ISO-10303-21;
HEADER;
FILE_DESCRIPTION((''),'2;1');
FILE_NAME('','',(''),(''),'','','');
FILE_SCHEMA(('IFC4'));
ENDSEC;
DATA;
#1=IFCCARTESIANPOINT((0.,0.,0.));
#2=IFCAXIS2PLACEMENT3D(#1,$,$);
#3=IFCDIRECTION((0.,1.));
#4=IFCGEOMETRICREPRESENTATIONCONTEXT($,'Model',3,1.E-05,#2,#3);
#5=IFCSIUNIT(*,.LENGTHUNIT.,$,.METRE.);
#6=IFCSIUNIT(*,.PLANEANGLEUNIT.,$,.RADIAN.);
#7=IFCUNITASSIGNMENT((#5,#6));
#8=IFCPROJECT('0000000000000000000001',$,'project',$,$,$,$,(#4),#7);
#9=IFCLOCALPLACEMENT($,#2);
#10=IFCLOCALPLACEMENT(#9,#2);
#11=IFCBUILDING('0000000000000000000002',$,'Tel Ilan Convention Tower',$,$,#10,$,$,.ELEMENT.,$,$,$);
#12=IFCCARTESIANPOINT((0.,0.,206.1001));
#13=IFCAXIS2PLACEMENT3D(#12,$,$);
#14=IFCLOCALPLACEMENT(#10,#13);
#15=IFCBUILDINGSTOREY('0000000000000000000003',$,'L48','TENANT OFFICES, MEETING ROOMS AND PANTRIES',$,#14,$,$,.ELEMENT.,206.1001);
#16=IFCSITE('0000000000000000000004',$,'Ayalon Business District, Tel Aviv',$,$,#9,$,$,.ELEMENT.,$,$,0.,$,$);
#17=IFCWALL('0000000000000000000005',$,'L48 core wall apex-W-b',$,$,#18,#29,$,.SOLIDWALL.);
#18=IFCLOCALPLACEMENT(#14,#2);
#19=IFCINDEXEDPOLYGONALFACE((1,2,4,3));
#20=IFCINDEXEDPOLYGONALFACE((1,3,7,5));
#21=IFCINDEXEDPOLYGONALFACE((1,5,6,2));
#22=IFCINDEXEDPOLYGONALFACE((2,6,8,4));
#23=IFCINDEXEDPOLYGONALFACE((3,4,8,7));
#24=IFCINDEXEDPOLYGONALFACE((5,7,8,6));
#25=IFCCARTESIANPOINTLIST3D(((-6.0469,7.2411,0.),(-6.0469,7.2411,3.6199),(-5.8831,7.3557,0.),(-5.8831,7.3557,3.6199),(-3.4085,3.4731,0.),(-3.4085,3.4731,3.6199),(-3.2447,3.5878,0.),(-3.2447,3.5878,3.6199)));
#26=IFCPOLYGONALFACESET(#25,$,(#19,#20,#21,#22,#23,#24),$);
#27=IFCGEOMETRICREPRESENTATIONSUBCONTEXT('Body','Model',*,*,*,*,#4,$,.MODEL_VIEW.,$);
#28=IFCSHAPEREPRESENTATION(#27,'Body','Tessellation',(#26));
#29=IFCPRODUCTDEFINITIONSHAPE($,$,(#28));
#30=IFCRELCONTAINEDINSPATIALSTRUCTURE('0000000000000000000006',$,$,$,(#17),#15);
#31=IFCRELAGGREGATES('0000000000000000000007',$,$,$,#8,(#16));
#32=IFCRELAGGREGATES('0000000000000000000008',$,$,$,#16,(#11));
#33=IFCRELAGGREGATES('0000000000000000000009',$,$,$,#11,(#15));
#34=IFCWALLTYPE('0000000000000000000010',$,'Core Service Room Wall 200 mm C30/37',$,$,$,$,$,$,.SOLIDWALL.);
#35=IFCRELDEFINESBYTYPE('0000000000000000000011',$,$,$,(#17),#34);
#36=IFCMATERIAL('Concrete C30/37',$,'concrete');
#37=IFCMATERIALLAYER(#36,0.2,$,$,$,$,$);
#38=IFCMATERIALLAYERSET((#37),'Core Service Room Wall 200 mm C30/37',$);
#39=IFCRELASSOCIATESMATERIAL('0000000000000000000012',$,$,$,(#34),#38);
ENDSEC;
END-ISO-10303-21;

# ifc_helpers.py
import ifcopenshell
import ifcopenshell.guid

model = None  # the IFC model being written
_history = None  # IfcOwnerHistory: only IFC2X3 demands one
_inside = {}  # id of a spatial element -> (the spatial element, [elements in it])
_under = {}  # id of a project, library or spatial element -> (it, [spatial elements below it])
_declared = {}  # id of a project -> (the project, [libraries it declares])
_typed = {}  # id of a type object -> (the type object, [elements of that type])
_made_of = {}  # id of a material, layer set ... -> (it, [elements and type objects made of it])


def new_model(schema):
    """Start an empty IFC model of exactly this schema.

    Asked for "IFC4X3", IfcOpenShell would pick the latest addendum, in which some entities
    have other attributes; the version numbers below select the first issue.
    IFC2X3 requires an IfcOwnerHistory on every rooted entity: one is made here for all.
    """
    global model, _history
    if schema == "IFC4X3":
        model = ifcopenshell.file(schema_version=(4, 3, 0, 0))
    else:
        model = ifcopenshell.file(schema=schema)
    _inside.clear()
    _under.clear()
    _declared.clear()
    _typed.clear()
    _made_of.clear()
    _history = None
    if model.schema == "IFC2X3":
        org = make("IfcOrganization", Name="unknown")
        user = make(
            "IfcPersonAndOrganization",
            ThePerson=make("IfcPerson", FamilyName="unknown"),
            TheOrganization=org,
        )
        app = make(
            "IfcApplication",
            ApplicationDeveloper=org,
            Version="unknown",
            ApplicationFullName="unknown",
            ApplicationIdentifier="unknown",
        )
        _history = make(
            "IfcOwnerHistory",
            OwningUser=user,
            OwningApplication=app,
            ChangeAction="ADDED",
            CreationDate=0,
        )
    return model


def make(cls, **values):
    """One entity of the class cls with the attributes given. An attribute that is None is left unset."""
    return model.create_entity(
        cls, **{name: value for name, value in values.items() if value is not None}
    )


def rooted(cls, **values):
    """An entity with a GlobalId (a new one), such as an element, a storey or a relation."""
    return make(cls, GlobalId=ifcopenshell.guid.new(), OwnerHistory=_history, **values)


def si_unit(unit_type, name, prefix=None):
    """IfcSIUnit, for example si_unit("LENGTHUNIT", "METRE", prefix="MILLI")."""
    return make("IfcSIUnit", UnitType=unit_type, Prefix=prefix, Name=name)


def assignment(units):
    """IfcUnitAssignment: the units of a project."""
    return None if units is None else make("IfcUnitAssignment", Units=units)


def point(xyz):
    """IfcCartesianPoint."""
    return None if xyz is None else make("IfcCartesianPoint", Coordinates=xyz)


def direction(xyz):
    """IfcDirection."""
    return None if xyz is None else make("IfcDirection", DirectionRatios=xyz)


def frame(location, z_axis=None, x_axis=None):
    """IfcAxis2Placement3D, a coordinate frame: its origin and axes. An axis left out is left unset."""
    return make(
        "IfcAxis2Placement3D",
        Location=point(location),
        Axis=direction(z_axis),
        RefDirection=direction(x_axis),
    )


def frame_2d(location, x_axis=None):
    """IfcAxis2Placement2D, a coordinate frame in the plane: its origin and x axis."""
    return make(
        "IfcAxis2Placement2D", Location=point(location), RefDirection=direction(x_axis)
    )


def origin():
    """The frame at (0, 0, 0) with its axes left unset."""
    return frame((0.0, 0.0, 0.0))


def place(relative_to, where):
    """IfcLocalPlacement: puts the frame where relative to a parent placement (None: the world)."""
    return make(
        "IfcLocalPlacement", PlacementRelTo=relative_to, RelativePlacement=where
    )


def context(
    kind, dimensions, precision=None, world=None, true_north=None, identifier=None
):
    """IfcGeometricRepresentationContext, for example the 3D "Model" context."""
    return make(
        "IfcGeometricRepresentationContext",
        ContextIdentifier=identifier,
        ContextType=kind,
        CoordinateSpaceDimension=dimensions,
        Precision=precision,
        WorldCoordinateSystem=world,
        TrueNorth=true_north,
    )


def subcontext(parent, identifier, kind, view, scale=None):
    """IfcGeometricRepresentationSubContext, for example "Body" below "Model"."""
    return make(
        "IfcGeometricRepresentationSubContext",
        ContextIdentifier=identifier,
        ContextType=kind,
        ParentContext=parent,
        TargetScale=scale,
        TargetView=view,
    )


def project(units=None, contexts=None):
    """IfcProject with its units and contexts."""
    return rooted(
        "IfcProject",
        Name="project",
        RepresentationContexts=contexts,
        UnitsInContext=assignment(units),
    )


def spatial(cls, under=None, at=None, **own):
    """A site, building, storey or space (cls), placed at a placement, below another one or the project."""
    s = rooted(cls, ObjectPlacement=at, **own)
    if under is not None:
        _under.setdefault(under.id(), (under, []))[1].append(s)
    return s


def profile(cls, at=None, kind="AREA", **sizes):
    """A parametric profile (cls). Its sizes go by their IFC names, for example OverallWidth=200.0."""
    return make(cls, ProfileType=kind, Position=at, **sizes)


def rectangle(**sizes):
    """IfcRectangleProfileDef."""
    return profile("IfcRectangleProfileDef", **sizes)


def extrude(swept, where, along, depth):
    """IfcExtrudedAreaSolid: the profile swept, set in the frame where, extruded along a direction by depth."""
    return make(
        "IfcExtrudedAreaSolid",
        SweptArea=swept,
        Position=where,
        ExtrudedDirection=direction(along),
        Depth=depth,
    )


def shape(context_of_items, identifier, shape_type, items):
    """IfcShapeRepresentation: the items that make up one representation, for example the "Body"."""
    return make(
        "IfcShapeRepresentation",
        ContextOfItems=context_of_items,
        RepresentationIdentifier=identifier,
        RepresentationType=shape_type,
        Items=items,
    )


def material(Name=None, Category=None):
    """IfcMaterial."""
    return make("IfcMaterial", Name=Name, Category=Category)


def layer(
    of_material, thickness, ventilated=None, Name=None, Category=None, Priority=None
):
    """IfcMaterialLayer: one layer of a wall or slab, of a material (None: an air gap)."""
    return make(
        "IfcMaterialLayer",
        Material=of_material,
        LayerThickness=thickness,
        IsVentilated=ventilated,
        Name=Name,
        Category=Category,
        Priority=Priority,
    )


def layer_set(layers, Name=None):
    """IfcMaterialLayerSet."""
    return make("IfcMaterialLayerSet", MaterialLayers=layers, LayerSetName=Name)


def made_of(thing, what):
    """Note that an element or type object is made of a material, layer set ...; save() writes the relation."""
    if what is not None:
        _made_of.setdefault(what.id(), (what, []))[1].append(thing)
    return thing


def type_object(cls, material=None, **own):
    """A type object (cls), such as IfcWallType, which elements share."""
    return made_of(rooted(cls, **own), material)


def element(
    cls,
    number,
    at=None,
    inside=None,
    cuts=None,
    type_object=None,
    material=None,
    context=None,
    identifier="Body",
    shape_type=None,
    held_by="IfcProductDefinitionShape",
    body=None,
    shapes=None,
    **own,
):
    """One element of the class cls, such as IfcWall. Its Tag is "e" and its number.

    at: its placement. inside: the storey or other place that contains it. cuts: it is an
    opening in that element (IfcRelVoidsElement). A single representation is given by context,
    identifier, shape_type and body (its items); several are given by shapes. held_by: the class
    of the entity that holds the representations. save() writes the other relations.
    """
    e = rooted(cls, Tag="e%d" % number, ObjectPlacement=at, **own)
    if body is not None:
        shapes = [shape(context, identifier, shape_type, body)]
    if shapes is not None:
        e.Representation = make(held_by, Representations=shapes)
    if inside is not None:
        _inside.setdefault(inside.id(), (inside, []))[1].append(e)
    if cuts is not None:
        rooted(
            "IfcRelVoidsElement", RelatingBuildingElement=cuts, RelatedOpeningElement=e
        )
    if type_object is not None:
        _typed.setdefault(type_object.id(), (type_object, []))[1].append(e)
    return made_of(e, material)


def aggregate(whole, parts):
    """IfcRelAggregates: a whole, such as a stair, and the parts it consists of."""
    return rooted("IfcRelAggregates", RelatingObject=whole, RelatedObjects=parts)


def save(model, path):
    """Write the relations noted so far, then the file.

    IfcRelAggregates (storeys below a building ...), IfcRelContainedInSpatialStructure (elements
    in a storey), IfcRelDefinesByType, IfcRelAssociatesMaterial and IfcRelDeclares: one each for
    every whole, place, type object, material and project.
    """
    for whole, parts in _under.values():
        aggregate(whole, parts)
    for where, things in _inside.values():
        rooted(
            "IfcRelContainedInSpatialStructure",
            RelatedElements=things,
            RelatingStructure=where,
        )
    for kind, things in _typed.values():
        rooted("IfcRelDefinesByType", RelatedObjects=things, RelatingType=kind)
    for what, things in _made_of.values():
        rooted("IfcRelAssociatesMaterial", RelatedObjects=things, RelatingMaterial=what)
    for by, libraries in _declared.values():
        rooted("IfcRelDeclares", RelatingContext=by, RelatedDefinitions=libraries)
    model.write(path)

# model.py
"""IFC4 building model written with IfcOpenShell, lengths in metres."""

from ifc_helpers import new_model, si_unit, direction, frame, frame_2d, origin, place, context, subcontext, project, spatial, rectangle, extrude, material, layer, layer_set, type_object, element, save


model = new_model("IFC4")

# Units and contexts
model_context = context("Model", 3, precision=1e-05, world=origin(), true_north=direction((0.0, 1.0)))
body_context = subcontext(model_context, "Body", "Model", "MODEL_VIEW")
ifc_project = project(units=[si_unit("LENGTHUNIT", "METRE"), si_unit("PLANEANGLEUNIT", "RADIAN")], contexts=[model_context])

# Site, building, storey
site_placement = place(None, origin())
site = spatial("IfcSite", under=ifc_project, at=site_placement, Name="Ayalon Business District, Tel Aviv", CompositionType="ELEMENT", RefElevation=0.0)
building_placement = place(site_placement, origin())
building = spatial("IfcBuilding", under=site, at=building_placement, Name="Tel Ilan Convention Tower", CompositionType="ELEMENT")
storey_placement = place(building_placement, frame((0.0, 0.0, 206.1001)))
storey = spatial("IfcBuildingStorey", under=building, at=storey_placement, Name="L48", Description="TENANT OFFICES, MEETING ROOMS AND PANTRIES", CompositionType="ELEMENT", Elevation=206.1001)

# Wall
ifc_material_1 = material(Name="Concrete C30/37", Category="concrete")
ifc_layer_1 = layer(ifc_material_1, 0.2)
ifc_layer_set_1 = layer_set([ifc_layer_1], Name="Core Service Room Wall 200 mm C30/37")
wall_type_1 = type_object("IfcWallType", Name="Core Service Room Wall 200 mm C30/37", PredefinedType="SOLIDWALL", material=ifc_layer_set_1)
wall_1_placement = place(storey_placement, frame((-3.3267, 3.5305, 0.0), z_axis=(0.0, 0.0, 1.0), x_axis=(-0.573576, 0.819152, 0.0)))
element("IfcWall", 1, at=wall_1_placement, inside=storey, type_object=wall_type_1, Name="L48 core wall apex-W-b", PredefinedType="SOLIDWALL", context=body_context, shape_type="SweptSolid", body=[
    extrude(rectangle(XDim=4.5999, YDim=0.2, at=frame_2d((2.2998, 0.0))), origin(), (0.0, 0.0, 1.0), 3.6199),
])

save(model, "model.ifc")
